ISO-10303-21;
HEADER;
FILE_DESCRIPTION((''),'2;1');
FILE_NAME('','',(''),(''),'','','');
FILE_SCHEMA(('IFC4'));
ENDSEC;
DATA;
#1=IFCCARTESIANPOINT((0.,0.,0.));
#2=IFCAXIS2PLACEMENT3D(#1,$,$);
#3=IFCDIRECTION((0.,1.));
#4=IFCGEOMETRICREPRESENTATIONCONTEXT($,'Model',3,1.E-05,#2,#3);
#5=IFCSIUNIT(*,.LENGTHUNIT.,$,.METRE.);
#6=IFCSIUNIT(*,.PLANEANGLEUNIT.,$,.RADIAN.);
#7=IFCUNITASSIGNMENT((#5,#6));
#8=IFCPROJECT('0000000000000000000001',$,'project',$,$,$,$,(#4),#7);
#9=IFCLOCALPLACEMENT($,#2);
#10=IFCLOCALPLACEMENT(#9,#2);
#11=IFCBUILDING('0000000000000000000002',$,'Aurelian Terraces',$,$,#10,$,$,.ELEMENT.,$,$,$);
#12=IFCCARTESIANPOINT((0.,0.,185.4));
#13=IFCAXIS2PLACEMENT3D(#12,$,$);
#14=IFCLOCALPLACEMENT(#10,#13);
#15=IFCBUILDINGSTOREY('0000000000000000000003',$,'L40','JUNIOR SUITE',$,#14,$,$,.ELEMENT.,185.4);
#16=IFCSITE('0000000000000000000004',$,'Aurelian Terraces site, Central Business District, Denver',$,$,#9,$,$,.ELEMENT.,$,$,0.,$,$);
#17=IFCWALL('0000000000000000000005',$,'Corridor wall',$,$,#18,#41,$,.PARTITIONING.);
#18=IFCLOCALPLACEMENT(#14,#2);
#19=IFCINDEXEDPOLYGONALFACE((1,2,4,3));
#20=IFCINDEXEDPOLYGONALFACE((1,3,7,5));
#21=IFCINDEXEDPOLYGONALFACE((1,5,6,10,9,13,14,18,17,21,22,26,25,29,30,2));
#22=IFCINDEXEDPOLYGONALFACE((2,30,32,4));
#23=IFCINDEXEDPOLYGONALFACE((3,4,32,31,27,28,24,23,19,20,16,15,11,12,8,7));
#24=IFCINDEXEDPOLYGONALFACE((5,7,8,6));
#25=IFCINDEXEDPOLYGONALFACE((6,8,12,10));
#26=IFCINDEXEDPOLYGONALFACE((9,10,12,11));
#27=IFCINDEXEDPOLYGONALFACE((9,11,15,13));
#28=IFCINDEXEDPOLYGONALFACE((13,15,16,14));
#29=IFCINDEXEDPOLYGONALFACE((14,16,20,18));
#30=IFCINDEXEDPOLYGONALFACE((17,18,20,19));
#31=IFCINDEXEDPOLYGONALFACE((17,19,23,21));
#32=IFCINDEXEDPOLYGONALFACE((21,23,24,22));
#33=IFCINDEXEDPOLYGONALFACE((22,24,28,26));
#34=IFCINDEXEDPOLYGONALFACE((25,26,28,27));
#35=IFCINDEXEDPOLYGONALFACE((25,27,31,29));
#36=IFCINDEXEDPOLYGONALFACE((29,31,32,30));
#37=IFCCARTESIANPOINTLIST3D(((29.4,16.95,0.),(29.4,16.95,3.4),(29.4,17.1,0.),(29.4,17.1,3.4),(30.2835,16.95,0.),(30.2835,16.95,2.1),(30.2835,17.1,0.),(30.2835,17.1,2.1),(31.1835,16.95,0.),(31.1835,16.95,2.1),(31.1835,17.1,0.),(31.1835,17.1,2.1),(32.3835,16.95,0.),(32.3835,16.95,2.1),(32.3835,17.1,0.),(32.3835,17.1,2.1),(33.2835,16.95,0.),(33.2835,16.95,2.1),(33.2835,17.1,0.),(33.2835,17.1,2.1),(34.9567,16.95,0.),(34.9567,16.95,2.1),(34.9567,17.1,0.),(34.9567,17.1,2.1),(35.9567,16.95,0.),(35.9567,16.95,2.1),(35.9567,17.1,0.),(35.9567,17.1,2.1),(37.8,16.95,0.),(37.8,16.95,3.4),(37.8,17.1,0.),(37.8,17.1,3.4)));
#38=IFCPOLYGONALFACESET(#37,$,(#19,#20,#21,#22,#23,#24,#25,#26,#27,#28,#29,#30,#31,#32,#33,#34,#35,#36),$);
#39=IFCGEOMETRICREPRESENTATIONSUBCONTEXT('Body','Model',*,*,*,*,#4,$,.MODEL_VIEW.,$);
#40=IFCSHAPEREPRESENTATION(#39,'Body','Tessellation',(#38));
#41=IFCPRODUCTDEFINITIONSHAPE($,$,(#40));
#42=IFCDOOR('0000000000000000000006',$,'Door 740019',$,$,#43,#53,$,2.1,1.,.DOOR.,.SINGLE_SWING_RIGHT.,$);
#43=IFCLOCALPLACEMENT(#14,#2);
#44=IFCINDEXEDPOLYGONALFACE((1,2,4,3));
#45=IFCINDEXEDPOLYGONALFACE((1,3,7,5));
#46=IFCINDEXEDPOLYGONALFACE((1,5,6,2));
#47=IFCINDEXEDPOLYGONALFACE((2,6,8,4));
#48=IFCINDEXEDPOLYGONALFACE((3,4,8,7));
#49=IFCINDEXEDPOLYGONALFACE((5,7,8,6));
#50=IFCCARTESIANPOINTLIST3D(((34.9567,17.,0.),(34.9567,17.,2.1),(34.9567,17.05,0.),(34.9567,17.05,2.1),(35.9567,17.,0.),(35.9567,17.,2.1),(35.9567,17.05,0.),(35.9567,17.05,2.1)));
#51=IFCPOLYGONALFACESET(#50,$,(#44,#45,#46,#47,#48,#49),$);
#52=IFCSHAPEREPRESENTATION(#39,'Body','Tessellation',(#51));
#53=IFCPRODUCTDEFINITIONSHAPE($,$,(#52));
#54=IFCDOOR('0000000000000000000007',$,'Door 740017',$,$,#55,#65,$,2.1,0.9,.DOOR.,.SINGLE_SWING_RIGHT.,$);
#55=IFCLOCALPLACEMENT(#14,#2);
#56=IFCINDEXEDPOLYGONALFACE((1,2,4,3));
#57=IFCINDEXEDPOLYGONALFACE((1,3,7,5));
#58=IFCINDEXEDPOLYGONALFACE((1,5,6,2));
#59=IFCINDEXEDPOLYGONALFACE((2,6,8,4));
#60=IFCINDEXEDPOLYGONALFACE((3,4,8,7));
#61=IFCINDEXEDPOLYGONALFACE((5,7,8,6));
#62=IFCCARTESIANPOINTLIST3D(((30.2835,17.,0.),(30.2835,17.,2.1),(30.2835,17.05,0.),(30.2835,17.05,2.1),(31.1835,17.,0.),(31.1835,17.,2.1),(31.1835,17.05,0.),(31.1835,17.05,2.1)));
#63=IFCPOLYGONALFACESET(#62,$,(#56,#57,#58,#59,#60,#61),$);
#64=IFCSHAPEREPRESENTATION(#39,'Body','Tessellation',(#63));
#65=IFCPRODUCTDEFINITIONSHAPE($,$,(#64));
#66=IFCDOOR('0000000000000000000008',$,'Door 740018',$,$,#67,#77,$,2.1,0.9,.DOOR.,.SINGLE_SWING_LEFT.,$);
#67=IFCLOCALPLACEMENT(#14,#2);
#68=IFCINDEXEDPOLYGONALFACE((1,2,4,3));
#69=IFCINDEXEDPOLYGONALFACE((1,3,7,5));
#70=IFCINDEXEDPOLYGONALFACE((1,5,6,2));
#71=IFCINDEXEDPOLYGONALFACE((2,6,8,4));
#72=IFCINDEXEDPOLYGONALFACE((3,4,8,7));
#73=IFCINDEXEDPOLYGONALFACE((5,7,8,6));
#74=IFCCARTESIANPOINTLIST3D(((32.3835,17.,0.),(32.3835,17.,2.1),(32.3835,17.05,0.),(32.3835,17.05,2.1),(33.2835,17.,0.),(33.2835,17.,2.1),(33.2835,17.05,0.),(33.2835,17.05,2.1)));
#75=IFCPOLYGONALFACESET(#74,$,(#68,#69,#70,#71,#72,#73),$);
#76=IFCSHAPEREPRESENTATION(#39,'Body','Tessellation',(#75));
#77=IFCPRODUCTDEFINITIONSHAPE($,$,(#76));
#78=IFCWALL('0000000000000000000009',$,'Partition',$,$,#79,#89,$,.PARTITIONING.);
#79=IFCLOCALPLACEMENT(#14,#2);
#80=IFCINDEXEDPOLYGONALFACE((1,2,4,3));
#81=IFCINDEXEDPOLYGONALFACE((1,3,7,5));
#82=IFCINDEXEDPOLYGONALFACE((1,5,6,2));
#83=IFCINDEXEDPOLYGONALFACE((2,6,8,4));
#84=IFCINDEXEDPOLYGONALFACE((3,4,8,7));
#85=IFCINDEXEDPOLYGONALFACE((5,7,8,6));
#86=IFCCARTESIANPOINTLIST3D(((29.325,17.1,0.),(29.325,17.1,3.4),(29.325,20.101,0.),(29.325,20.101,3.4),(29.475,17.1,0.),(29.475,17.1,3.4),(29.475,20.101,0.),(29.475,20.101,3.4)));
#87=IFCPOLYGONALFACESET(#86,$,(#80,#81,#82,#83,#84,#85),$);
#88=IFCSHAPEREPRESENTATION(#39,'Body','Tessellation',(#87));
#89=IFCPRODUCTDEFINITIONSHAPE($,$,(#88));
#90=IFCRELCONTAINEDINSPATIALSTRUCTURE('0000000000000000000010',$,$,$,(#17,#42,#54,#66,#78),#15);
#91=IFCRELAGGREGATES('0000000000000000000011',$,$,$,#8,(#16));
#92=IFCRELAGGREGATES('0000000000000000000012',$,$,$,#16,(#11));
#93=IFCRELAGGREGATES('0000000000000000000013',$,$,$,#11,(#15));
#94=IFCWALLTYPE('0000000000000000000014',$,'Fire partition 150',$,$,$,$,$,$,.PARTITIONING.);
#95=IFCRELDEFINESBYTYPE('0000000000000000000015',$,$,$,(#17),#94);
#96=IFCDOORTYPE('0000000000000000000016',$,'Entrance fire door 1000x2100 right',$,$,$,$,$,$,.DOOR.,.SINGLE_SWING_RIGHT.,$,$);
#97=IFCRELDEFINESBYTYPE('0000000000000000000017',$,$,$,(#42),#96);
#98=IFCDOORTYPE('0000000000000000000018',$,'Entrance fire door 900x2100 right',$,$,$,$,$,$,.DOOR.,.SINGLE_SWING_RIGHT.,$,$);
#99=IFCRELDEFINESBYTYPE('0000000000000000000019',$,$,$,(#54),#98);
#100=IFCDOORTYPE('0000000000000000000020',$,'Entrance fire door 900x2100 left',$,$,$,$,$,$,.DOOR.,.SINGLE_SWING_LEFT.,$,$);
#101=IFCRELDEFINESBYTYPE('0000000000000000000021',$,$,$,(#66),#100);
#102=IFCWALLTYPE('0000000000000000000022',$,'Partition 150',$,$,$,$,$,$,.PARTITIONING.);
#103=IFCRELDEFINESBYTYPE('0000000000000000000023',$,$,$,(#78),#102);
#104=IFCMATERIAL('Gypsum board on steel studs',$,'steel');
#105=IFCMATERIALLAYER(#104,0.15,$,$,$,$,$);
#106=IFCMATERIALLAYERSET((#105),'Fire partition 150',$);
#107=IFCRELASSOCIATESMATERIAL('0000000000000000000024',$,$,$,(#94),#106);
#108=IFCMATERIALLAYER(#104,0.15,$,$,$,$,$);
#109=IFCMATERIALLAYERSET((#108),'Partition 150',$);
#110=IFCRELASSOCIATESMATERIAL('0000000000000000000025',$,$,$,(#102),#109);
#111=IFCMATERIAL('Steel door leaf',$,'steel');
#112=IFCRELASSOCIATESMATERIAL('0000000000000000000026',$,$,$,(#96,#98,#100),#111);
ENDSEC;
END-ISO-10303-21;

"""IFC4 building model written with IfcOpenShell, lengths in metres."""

from ifc_helpers import new_model, si_unit, direction, frame, frame_2d, origin, place, context, subcontext, project, spatial, rectangle, extrude, source, transform, mapped, material, layer, layer_set, type_object, element, fill, save


model = new_model("IFC4")

# Units and contexts
model_context = context("Model", 3, precision=1e-05, world=origin(), true_north=direction((0.0, 1.0)))
body_context = subcontext(model_context, "Body", "Model", "MODEL_VIEW")
ifc_project = project(units=[si_unit("LENGTHUNIT", "METRE"), si_unit("PLANEANGLEUNIT", "RADIAN")], contexts=[model_context])

# Site, building, storey
site_placement = place(None, origin())
site = spatial("IfcSite", under=ifc_project, at=site_placement, Name="Aurelian Terraces site, Central Business District, Denver", CompositionType="ELEMENT", RefElevation=0.0)
building_placement = place(site_placement, origin())
building = spatial("IfcBuilding", under=site, at=building_placement, Name="Aurelian Terraces", CompositionType="ELEMENT")
storey_placement = place(building_placement, frame((0.0, 0.0, 185.4)))
storey = spatial("IfcBuildingStorey", under=building, at=storey_placement, Name="L40", Description="JUNIOR SUITE", CompositionType="ELEMENT", Elevation=185.4)

# Shared definitions
ifc_material_1 = material(Name="Gypsum board on steel studs", Category="steel")
ifc_layer_1 = layer(ifc_material_1, 0.15)
ifc_layer_set_1 = layer_set([ifc_layer_1], Name="Fire partition 150")
wall_type_1 = type_object("IfcWallType", Name="Fire partition 150", PredefinedType="PARTITIONING", material=ifc_layer_set_1)
ifc_layer_2 = layer(ifc_material_1, 0.15)
ifc_layer_set_2 = layer_set([ifc_layer_2], Name="Partition 150")
wall_type_2 = type_object("IfcWallType", Name="Partition 150", PredefinedType="PARTITIONING", material=ifc_layer_set_2)

# Wall, openings, doors
shared_shape_1 = source(origin(), body_context, "Body", "SweptSolid", [
    extrude(rectangle(XDim=8.4, YDim=0.15, at=frame_2d((4.2, 0.0))), origin(), (0.0, 0.0, 1.0), 3.4),
])
wall_1_placement = place(storey_placement, frame((29.4, 17.025, 0.0), z_axis=(0.0, 0.0, 1.0), x_axis=(1.0, 0.0, 0.0)))
wall_1 = element("IfcWall", 1, at=wall_1_placement, inside=storey, type_object=wall_type_1, Name="Corridor wall", PredefinedType="PARTITIONING", context=body_context, shape_type="MappedRepresentation", body=[
    mapped(shared_shape_1, transform((0.0, 0.0, 0.0), scale=1.0)),
])
shared_shape_2 = source(origin(), body_context, "Body", "SweptSolid", [
    extrude(rectangle(XDim=0.9, YDim=2.1, at=frame_2d((0.45, 1.05))), frame((0.0, 0.085, 0.0), z_axis=(0.0, -1.0, 0.0), x_axis=(1.0, 0.0, 0.0)), (0.0, 0.0, 1.0), 0.17),
])
opening_1_placement = place(wall_1_placement, frame((0.8835, 0.0, 0.0)))
opening_1 = element("IfcOpeningElement", 2, at=opening_1_placement, cuts=wall_1, PredefinedType="OPENING", context=body_context, shape_type="MappedRepresentation", body=[
    mapped(shared_shape_2, transform((0.0, 0.0, 0.0), scale=1.0)),
])
opening_2_placement = place(wall_1_placement, frame((2.9835, 0.0, 0.0)))
opening_2 = element("IfcOpeningElement", 3, at=opening_2_placement, cuts=wall_1, PredefinedType="OPENING", context=body_context, shape_type="MappedRepresentation", body=[
    mapped(shared_shape_2, transform((0.0, 0.0, 0.0), scale=1.0)),
])
shared_shape_3 = source(origin(), body_context, "Body", "SweptSolid", [
    extrude(rectangle(XDim=1.0, YDim=2.1, at=frame_2d((0.5, 1.05))), frame((0.0, 0.085, 0.0), z_axis=(0.0, -1.0, 0.0), x_axis=(1.0, 0.0, 0.0)), (0.0, 0.0, 1.0), 0.17),
])
opening_3_placement = place(wall_1_placement, frame((5.5567, 0.0, 0.0)))
opening_3 = element("IfcOpeningElement", 4, at=opening_3_placement, cuts=wall_1, PredefinedType="OPENING", context=body_context, shape_type="MappedRepresentation", body=[
    mapped(shared_shape_3, transform((0.0, 0.0, 0.0), scale=1.0)),
])
ifc_material_2 = material(Name="Steel door leaf", Category="steel")
door_type_1 = type_object("IfcDoorType", Name="Entrance fire door 1000x2100 right", OperationType="SINGLE_SWING_RIGHT", PredefinedType="DOOR", material=ifc_material_2)
shared_shape_4 = source(origin(), body_context, "Body", "SweptSolid", [
    extrude(rectangle(XDim=1.0, YDim=2.1, at=frame_2d((0.5, 1.05))), frame((0.0, 0.025, 0.0), z_axis=(0.0, -1.0, 0.0), x_axis=(1.0, 0.0, 0.0)), (0.0, 0.0, 1.0), 0.05),
])
door_1_placement = place(opening_3_placement, origin())
door_1 = element("IfcDoor", 5, at=door_1_placement, inside=storey, type_object=door_type_1, Name="Door 740019", OperationType="SINGLE_SWING_RIGHT", OverallHeight=2.1, OverallWidth=1.0, PredefinedType="DOOR", context=body_context, shape_type="MappedRepresentation", body=[
    mapped(shared_shape_4, transform((0.0, 0.0, 0.0), scale=1.0)),
])
fill(opening_3, door_1)
door_type_2 = type_object("IfcDoorType", Name="Entrance fire door 900x2100 right", OperationType="SINGLE_SWING_RIGHT", PredefinedType="DOOR", material=ifc_material_2)
shared_shape_5 = source(origin(), body_context, "Body", "SweptSolid", [
    extrude(rectangle(XDim=0.9, YDim=2.1, at=frame_2d((0.45, 1.05))), frame((0.0, 0.025, 0.0), z_axis=(0.0, -1.0, 0.0), x_axis=(1.0, 0.0, 0.0)), (0.0, 0.0, 1.0), 0.05),
])
door_2_placement = place(opening_1_placement, origin())
door_2 = element("IfcDoor", 6, at=door_2_placement, inside=storey, type_object=door_type_2, Name="Door 740017", OperationType="SINGLE_SWING_RIGHT", OverallHeight=2.1, OverallWidth=0.9, PredefinedType="DOOR", context=body_context, shape_type="MappedRepresentation", body=[
    mapped(shared_shape_5, transform((0.0, 0.0, 0.0), scale=1.0)),
])
fill(opening_1, door_2)
door_type_3 = type_object("IfcDoorType", Name="Entrance fire door 900x2100 left", OperationType="SINGLE_SWING_LEFT", PredefinedType="DOOR", material=ifc_material_2)
door_3_placement = place(opening_2_placement, origin())
door_3 = element("IfcDoor", 7, at=door_3_placement, inside=storey, type_object=door_type_3, Name="Door 740018", OperationType="SINGLE_SWING_LEFT", OverallHeight=2.1, OverallWidth=0.9, PredefinedType="DOOR", context=body_context, shape_type="MappedRepresentation", body=[
    mapped(shared_shape_5, transform((0.0, 0.0, 0.0), scale=1.0)),
])
fill(opening_2, door_3)

# Wall
shared_shape_6 = source(origin(), body_context, "Body", "SweptSolid", [
    extrude(rectangle(XDim=3.001, YDim=0.15, at=frame_2d((1.5005, 0.0))), origin(), (0.0, 0.0, 1.0), 3.4),
])
wall_2_placement = place(storey_placement, frame((29.4, 17.1, 0.0), z_axis=(0.0, 0.0, 1.0), x_axis=(0.0, 1.0, 0.0)))
element("IfcWall", 8, at=wall_2_placement, inside=storey, type_object=wall_type_2, Name="Partition", PredefinedType="PARTITIONING", context=body_context, shape_type="MappedRepresentation", body=[
    mapped(shared_shape_6, transform((0.0, 0.0, 0.0), scale=1.0)),
])

save(model, "model.ifc")
